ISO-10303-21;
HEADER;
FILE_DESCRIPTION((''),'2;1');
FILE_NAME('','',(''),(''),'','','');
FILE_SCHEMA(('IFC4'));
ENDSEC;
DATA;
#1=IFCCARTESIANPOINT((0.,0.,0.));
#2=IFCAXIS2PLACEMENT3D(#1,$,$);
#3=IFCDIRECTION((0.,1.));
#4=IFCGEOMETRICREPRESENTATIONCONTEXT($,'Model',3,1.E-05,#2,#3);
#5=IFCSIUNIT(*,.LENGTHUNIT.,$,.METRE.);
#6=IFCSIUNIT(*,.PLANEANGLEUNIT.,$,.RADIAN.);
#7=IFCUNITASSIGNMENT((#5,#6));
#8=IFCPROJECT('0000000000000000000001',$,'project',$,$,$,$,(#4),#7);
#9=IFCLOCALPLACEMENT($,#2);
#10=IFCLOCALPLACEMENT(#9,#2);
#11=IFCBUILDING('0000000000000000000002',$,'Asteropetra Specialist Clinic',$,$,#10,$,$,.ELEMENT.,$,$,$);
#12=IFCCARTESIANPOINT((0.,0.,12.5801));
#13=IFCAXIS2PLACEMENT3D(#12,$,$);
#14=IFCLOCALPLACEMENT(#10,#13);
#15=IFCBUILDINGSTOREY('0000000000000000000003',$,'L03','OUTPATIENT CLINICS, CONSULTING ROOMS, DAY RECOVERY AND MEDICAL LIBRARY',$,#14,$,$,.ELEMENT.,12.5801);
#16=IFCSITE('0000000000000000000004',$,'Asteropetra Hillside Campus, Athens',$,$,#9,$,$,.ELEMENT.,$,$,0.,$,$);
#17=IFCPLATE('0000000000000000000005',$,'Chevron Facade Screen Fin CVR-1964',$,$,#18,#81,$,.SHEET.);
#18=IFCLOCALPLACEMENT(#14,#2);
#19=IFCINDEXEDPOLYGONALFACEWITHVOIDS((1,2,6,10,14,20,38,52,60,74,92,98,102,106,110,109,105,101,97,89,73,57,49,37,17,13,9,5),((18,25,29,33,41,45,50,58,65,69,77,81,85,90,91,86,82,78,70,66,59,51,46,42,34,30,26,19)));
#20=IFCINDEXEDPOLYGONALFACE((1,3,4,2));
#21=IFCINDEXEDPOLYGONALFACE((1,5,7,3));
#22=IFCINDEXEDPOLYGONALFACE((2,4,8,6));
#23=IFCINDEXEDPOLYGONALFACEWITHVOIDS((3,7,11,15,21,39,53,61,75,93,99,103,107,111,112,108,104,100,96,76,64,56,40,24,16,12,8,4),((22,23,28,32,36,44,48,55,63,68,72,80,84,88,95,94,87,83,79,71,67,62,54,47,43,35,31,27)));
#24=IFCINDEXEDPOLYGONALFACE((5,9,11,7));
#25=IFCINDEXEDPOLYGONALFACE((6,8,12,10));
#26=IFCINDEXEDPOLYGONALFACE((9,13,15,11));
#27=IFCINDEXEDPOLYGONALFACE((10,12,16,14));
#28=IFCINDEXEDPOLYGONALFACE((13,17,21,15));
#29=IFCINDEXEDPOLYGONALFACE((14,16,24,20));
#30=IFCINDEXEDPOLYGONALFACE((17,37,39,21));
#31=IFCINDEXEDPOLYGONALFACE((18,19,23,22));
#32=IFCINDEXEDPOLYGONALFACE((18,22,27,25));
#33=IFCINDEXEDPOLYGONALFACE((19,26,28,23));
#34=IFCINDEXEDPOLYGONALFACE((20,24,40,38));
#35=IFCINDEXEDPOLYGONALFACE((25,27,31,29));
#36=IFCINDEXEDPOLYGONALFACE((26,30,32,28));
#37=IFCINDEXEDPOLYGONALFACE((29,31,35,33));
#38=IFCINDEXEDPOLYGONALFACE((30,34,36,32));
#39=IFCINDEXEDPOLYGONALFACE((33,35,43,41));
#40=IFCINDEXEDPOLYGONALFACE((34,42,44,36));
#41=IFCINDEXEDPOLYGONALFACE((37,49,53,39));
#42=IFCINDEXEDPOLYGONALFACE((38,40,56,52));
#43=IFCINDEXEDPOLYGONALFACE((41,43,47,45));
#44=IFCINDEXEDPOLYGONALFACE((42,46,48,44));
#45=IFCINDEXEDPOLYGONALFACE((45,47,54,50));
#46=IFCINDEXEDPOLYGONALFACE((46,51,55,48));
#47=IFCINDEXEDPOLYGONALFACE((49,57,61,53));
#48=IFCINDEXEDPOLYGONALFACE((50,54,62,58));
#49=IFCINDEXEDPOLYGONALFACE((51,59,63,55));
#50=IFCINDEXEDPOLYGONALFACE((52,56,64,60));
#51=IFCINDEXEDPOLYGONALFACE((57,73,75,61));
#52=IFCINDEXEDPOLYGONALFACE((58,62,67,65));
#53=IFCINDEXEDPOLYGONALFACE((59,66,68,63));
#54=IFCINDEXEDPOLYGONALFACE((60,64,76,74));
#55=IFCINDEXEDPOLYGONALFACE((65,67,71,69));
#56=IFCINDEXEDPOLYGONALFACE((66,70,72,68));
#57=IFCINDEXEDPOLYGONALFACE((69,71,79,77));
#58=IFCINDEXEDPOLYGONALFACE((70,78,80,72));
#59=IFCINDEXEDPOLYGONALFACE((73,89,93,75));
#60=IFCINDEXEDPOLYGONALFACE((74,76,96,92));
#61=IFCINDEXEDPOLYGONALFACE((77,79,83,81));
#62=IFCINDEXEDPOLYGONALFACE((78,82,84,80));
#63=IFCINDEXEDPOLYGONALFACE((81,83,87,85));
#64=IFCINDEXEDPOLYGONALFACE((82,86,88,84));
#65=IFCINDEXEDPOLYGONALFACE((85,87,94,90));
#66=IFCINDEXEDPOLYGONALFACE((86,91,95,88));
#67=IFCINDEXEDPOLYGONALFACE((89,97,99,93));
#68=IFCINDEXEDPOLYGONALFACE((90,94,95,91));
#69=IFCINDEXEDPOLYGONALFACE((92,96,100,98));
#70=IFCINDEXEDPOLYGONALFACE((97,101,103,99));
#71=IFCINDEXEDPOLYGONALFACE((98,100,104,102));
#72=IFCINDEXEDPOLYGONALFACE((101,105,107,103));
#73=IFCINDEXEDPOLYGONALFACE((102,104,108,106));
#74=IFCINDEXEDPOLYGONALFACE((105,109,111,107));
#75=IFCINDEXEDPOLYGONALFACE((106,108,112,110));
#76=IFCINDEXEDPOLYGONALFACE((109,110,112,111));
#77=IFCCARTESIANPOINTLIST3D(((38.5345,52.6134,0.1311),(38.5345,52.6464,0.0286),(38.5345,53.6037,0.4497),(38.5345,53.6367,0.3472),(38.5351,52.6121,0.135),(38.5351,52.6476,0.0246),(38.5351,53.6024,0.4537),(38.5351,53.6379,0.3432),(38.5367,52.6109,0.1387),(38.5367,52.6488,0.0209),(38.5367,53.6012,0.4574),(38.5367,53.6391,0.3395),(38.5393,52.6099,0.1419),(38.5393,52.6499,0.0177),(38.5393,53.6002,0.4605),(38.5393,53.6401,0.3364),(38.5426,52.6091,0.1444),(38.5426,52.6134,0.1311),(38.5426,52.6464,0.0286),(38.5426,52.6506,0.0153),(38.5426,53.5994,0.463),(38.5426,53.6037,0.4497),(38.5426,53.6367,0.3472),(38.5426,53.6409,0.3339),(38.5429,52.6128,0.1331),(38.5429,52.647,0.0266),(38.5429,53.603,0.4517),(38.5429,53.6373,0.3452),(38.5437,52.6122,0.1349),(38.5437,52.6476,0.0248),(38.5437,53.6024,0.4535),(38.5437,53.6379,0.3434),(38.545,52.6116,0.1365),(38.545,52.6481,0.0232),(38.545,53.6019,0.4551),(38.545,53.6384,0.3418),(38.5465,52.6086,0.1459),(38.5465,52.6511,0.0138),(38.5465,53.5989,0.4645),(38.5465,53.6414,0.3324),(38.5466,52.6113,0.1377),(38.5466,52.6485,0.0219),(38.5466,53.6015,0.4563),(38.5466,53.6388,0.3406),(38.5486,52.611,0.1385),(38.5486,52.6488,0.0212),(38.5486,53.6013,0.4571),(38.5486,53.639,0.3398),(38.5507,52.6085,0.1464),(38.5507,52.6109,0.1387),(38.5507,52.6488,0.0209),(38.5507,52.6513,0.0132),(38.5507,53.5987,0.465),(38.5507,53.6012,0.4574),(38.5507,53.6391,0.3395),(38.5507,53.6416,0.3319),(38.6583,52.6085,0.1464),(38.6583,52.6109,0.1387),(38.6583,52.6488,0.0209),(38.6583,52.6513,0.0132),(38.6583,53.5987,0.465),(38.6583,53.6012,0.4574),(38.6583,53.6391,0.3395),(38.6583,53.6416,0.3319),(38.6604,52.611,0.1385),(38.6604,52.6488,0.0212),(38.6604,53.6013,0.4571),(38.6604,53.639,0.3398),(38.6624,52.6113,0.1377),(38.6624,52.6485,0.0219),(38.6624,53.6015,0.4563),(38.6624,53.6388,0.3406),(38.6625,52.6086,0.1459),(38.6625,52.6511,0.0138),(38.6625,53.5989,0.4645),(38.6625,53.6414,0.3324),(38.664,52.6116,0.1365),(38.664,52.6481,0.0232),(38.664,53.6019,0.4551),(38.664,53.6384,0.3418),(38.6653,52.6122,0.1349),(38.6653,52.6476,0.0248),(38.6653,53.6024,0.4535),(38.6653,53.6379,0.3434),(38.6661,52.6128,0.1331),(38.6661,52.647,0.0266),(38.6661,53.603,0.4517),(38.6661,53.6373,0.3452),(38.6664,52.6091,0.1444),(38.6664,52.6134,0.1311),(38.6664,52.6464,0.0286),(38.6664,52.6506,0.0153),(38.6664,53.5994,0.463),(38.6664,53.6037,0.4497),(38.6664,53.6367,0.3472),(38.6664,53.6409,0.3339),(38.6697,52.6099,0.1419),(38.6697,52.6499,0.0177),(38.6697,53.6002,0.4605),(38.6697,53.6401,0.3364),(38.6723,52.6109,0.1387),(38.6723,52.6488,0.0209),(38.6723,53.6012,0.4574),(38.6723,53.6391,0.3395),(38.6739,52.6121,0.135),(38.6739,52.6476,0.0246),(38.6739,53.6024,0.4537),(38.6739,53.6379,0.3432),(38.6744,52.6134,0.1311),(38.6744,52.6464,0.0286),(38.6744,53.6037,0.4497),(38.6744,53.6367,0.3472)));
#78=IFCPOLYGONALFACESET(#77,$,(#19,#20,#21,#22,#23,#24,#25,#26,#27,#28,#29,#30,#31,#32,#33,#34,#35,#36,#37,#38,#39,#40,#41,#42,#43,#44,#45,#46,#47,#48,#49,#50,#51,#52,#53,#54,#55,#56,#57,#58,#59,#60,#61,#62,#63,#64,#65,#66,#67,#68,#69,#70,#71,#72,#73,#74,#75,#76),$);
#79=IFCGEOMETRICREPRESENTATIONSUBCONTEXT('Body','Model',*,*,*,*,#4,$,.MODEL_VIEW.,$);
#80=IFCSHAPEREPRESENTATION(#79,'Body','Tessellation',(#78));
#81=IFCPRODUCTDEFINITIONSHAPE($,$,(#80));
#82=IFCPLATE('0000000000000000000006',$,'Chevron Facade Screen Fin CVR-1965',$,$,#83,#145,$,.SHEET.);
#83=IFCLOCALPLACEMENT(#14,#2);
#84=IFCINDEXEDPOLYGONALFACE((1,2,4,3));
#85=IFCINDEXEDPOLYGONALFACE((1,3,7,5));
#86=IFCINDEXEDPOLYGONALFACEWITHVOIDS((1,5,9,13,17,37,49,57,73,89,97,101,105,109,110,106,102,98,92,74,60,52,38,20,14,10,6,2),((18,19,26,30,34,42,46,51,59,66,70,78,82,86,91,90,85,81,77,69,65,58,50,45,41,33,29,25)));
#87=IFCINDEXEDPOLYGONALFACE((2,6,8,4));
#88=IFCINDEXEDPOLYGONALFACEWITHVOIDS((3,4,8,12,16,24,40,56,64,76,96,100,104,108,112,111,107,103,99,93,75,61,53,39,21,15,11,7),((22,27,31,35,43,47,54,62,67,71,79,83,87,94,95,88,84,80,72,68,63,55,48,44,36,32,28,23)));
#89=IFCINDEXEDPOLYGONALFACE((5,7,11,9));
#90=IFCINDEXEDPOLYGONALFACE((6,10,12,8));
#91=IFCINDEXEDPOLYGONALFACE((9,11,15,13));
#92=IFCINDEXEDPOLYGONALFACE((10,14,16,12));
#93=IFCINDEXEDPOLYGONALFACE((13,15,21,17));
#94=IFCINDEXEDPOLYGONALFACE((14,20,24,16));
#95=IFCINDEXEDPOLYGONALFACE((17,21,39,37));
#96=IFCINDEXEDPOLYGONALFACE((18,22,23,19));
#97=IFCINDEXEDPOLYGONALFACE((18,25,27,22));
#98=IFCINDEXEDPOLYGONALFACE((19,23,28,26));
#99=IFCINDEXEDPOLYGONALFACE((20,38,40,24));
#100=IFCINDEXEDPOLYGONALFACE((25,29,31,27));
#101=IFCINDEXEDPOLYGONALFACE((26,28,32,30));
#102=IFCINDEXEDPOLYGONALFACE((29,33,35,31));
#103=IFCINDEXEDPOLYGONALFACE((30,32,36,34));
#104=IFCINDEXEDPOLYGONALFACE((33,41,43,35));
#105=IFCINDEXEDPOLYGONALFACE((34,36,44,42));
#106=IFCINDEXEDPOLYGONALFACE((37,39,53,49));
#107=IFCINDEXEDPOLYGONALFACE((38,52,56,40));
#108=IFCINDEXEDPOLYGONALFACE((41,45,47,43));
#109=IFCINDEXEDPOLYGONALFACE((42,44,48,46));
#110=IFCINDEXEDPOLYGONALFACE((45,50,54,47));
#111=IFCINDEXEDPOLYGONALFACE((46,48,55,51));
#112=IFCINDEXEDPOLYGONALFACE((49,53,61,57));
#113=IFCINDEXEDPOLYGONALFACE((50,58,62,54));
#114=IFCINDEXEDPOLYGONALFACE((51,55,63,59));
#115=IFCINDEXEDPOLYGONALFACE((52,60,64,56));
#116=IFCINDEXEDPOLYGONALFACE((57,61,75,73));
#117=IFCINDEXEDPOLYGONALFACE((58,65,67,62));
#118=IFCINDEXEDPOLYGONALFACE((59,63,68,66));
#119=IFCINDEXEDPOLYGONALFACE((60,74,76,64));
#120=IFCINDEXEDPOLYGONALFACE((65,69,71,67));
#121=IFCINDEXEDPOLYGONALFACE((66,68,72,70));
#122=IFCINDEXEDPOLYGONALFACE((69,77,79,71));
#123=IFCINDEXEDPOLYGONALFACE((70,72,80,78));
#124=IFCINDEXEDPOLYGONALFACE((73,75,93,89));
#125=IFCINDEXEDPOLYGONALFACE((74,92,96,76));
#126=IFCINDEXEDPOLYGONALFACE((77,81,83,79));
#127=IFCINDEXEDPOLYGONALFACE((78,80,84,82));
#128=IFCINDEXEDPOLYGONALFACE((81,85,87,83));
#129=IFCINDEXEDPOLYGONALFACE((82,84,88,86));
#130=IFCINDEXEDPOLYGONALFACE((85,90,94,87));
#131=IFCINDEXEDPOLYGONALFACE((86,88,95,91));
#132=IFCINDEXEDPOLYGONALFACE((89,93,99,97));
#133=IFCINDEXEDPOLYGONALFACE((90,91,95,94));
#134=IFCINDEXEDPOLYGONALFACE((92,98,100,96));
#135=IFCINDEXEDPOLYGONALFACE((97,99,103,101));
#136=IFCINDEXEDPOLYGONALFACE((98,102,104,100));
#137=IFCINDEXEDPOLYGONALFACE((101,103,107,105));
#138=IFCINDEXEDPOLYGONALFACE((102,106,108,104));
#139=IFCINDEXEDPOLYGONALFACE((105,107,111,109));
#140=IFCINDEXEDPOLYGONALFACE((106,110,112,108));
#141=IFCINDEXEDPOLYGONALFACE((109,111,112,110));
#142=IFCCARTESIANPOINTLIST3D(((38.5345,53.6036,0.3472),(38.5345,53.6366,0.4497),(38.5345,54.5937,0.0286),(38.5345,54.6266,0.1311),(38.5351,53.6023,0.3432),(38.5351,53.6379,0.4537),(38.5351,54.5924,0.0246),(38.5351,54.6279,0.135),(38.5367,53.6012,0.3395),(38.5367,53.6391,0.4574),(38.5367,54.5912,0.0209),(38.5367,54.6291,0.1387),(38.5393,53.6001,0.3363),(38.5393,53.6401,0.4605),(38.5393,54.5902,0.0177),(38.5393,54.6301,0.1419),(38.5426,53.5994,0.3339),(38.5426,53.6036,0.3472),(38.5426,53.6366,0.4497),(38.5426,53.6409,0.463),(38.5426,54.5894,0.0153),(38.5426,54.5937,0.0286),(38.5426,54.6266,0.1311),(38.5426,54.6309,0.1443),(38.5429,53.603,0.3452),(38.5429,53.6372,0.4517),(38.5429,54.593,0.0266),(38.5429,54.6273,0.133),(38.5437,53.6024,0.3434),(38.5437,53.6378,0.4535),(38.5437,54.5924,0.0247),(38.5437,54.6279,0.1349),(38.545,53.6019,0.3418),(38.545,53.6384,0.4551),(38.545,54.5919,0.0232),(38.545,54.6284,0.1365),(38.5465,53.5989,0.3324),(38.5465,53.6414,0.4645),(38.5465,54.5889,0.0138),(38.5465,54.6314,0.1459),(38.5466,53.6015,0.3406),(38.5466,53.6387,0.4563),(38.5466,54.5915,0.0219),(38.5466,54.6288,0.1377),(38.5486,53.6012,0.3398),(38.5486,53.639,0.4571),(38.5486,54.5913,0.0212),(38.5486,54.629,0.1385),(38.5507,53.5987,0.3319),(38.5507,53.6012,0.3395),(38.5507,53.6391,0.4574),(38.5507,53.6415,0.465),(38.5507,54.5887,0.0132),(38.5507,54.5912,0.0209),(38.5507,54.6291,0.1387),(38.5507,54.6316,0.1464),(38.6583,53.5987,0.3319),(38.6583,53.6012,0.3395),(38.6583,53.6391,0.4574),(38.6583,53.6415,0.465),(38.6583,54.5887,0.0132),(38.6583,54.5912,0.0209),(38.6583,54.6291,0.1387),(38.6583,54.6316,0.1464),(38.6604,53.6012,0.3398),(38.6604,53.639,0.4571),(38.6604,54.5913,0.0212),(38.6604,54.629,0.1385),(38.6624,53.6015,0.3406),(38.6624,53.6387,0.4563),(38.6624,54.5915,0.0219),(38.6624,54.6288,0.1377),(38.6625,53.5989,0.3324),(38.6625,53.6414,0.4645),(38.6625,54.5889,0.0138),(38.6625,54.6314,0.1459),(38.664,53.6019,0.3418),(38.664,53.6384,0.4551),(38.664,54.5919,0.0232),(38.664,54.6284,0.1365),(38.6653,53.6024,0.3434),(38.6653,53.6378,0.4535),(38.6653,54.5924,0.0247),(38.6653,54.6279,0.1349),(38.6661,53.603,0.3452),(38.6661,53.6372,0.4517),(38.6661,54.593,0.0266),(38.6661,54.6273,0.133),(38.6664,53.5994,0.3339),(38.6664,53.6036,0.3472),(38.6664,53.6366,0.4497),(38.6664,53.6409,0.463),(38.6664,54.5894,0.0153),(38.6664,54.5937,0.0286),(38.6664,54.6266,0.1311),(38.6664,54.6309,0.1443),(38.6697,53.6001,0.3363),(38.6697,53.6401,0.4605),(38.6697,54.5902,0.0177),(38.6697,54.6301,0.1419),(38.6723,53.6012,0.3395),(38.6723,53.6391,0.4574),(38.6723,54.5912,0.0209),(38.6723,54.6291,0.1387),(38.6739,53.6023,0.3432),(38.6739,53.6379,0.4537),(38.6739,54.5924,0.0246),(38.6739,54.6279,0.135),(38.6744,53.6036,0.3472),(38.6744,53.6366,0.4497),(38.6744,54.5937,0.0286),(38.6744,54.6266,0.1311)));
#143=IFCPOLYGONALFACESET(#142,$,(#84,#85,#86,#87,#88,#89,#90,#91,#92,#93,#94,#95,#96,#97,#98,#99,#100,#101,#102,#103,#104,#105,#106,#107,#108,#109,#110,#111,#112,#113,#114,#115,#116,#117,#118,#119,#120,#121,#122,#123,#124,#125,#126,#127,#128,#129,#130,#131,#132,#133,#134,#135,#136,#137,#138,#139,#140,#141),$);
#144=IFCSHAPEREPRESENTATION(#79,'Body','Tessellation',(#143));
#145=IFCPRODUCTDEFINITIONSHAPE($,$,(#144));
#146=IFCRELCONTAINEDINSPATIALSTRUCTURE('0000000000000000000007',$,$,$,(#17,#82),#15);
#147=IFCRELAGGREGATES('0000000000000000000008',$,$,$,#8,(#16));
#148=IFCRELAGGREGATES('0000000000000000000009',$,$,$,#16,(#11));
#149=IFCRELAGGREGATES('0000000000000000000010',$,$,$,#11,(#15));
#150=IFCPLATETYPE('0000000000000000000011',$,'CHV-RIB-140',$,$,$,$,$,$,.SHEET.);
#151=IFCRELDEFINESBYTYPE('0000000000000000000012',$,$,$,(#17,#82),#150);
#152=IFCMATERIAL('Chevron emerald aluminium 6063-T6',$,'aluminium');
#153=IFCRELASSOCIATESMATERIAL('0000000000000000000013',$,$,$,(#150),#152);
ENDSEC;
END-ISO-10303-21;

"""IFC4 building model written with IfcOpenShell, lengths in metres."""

from ifc_helpers import new_model, si_unit, direction, frame, origin, origin_2d, place, context, subcontext, project, spatial, hollow_rectangle, extrude, material, material_profile, profile_set, type_object, element, save


model = new_model("IFC4")

# Units and contexts
model_context = context("Model", 3, precision=1e-05, world=origin(), true_north=direction((0.0, 1.0)))
body_context = subcontext(model_context, "Body", "Model", "MODEL_VIEW")
ifc_project = project(units=[si_unit("LENGTHUNIT", "METRE"), si_unit("PLANEANGLEUNIT", "RADIAN")], contexts=[model_context])

# Site, building, storey
site_placement = place(None, origin())
site = spatial("IfcSite", under=ifc_project, at=site_placement, Name="Asteropetra Hillside Campus, Athens", CompositionType="ELEMENT", RefElevation=0.0)
building_placement = place(site_placement, origin())
building = spatial("IfcBuilding", under=site, at=building_placement, Name="Asteropetra Specialist Clinic", CompositionType="ELEMENT")
storey_placement = place(building_placement, frame((0.0, 0.0, 12.5801)))
storey = spatial("IfcBuildingStorey", under=building, at=storey_placement, Name="L03", Description="OUTPATIENT CLINICS, CONSULTING ROOMS, DAY RECOVERY AND MEDICAL LIBRARY", CompositionType="ELEMENT", Elevation=12.5801)

# Plates
ifc_material_1 = material(Name="Chevron emerald aluminium 6063-T6", Category="aluminium")
ifc_material_profile_1 = material_profile(ifc_material_1, hollow_rectangle(XDim=0.1399, YDim=0.1399, WallThickness=0.0081, InnerFilletRadius=0.0081, OuterFilletRadius=0.0161, at=origin_2d()), Name="SHS 140x140x8.0")
ifc_profile_set_1 = profile_set([ifc_material_profile_1], Name="Chevron emerald aluminium 6063-T6")
plate_type = type_object("IfcPlateType", Name="CHV-RIB-140", PredefinedType="SHEET", material=ifc_profile_set_1)
plate_placement = place(storey_placement, frame((38.6045, 52.6299, 0.0798), z_axis=(0.0, 0.951941, 0.306283), x_axis=(-1.0, 0.0, 0.0)))
element("IfcPlate", 1, at=plate_placement, inside=storey, type_object=plate_type, Name="Chevron Facade Screen Fin CVR-1964", PredefinedType="SHEET", context=body_context, shape_type="SweptSolid", body=[
    extrude(hollow_rectangle(XDim=0.1399, YDim=0.1399, WallThickness=0.0081, InnerFilletRadius=0.0081, OuterFilletRadius=0.0161, at=origin_2d()), origin(), (0.0, 0.0, 1.0), 1.0403),
])
for number, where, z_axis, x_axis, name in (
    (2, (38.6045, 53.6201, 0.3984), (0.0, 0.951919, -0.306351), (-1.0, 0.0, 0.0), "Chevron Facade Screen Fin CVR-1965"),
):
    element("IfcPlate", number, at=place(storey_placement, frame(where, z_axis=z_axis, x_axis=x_axis)), inside=storey, type_object=plate_type, Name=name, PredefinedType="SHEET", context=body_context, shape_type="SweptSolid", body=[
        extrude(hollow_rectangle(XDim=0.1399, YDim=0.1399, WallThickness=0.0081, InnerFilletRadius=0.0081, OuterFilletRadius=0.0161, at=origin_2d()), origin(), (0.0, 0.0, 1.0), 1.04),
    ])

save(model, "model.ifc")
